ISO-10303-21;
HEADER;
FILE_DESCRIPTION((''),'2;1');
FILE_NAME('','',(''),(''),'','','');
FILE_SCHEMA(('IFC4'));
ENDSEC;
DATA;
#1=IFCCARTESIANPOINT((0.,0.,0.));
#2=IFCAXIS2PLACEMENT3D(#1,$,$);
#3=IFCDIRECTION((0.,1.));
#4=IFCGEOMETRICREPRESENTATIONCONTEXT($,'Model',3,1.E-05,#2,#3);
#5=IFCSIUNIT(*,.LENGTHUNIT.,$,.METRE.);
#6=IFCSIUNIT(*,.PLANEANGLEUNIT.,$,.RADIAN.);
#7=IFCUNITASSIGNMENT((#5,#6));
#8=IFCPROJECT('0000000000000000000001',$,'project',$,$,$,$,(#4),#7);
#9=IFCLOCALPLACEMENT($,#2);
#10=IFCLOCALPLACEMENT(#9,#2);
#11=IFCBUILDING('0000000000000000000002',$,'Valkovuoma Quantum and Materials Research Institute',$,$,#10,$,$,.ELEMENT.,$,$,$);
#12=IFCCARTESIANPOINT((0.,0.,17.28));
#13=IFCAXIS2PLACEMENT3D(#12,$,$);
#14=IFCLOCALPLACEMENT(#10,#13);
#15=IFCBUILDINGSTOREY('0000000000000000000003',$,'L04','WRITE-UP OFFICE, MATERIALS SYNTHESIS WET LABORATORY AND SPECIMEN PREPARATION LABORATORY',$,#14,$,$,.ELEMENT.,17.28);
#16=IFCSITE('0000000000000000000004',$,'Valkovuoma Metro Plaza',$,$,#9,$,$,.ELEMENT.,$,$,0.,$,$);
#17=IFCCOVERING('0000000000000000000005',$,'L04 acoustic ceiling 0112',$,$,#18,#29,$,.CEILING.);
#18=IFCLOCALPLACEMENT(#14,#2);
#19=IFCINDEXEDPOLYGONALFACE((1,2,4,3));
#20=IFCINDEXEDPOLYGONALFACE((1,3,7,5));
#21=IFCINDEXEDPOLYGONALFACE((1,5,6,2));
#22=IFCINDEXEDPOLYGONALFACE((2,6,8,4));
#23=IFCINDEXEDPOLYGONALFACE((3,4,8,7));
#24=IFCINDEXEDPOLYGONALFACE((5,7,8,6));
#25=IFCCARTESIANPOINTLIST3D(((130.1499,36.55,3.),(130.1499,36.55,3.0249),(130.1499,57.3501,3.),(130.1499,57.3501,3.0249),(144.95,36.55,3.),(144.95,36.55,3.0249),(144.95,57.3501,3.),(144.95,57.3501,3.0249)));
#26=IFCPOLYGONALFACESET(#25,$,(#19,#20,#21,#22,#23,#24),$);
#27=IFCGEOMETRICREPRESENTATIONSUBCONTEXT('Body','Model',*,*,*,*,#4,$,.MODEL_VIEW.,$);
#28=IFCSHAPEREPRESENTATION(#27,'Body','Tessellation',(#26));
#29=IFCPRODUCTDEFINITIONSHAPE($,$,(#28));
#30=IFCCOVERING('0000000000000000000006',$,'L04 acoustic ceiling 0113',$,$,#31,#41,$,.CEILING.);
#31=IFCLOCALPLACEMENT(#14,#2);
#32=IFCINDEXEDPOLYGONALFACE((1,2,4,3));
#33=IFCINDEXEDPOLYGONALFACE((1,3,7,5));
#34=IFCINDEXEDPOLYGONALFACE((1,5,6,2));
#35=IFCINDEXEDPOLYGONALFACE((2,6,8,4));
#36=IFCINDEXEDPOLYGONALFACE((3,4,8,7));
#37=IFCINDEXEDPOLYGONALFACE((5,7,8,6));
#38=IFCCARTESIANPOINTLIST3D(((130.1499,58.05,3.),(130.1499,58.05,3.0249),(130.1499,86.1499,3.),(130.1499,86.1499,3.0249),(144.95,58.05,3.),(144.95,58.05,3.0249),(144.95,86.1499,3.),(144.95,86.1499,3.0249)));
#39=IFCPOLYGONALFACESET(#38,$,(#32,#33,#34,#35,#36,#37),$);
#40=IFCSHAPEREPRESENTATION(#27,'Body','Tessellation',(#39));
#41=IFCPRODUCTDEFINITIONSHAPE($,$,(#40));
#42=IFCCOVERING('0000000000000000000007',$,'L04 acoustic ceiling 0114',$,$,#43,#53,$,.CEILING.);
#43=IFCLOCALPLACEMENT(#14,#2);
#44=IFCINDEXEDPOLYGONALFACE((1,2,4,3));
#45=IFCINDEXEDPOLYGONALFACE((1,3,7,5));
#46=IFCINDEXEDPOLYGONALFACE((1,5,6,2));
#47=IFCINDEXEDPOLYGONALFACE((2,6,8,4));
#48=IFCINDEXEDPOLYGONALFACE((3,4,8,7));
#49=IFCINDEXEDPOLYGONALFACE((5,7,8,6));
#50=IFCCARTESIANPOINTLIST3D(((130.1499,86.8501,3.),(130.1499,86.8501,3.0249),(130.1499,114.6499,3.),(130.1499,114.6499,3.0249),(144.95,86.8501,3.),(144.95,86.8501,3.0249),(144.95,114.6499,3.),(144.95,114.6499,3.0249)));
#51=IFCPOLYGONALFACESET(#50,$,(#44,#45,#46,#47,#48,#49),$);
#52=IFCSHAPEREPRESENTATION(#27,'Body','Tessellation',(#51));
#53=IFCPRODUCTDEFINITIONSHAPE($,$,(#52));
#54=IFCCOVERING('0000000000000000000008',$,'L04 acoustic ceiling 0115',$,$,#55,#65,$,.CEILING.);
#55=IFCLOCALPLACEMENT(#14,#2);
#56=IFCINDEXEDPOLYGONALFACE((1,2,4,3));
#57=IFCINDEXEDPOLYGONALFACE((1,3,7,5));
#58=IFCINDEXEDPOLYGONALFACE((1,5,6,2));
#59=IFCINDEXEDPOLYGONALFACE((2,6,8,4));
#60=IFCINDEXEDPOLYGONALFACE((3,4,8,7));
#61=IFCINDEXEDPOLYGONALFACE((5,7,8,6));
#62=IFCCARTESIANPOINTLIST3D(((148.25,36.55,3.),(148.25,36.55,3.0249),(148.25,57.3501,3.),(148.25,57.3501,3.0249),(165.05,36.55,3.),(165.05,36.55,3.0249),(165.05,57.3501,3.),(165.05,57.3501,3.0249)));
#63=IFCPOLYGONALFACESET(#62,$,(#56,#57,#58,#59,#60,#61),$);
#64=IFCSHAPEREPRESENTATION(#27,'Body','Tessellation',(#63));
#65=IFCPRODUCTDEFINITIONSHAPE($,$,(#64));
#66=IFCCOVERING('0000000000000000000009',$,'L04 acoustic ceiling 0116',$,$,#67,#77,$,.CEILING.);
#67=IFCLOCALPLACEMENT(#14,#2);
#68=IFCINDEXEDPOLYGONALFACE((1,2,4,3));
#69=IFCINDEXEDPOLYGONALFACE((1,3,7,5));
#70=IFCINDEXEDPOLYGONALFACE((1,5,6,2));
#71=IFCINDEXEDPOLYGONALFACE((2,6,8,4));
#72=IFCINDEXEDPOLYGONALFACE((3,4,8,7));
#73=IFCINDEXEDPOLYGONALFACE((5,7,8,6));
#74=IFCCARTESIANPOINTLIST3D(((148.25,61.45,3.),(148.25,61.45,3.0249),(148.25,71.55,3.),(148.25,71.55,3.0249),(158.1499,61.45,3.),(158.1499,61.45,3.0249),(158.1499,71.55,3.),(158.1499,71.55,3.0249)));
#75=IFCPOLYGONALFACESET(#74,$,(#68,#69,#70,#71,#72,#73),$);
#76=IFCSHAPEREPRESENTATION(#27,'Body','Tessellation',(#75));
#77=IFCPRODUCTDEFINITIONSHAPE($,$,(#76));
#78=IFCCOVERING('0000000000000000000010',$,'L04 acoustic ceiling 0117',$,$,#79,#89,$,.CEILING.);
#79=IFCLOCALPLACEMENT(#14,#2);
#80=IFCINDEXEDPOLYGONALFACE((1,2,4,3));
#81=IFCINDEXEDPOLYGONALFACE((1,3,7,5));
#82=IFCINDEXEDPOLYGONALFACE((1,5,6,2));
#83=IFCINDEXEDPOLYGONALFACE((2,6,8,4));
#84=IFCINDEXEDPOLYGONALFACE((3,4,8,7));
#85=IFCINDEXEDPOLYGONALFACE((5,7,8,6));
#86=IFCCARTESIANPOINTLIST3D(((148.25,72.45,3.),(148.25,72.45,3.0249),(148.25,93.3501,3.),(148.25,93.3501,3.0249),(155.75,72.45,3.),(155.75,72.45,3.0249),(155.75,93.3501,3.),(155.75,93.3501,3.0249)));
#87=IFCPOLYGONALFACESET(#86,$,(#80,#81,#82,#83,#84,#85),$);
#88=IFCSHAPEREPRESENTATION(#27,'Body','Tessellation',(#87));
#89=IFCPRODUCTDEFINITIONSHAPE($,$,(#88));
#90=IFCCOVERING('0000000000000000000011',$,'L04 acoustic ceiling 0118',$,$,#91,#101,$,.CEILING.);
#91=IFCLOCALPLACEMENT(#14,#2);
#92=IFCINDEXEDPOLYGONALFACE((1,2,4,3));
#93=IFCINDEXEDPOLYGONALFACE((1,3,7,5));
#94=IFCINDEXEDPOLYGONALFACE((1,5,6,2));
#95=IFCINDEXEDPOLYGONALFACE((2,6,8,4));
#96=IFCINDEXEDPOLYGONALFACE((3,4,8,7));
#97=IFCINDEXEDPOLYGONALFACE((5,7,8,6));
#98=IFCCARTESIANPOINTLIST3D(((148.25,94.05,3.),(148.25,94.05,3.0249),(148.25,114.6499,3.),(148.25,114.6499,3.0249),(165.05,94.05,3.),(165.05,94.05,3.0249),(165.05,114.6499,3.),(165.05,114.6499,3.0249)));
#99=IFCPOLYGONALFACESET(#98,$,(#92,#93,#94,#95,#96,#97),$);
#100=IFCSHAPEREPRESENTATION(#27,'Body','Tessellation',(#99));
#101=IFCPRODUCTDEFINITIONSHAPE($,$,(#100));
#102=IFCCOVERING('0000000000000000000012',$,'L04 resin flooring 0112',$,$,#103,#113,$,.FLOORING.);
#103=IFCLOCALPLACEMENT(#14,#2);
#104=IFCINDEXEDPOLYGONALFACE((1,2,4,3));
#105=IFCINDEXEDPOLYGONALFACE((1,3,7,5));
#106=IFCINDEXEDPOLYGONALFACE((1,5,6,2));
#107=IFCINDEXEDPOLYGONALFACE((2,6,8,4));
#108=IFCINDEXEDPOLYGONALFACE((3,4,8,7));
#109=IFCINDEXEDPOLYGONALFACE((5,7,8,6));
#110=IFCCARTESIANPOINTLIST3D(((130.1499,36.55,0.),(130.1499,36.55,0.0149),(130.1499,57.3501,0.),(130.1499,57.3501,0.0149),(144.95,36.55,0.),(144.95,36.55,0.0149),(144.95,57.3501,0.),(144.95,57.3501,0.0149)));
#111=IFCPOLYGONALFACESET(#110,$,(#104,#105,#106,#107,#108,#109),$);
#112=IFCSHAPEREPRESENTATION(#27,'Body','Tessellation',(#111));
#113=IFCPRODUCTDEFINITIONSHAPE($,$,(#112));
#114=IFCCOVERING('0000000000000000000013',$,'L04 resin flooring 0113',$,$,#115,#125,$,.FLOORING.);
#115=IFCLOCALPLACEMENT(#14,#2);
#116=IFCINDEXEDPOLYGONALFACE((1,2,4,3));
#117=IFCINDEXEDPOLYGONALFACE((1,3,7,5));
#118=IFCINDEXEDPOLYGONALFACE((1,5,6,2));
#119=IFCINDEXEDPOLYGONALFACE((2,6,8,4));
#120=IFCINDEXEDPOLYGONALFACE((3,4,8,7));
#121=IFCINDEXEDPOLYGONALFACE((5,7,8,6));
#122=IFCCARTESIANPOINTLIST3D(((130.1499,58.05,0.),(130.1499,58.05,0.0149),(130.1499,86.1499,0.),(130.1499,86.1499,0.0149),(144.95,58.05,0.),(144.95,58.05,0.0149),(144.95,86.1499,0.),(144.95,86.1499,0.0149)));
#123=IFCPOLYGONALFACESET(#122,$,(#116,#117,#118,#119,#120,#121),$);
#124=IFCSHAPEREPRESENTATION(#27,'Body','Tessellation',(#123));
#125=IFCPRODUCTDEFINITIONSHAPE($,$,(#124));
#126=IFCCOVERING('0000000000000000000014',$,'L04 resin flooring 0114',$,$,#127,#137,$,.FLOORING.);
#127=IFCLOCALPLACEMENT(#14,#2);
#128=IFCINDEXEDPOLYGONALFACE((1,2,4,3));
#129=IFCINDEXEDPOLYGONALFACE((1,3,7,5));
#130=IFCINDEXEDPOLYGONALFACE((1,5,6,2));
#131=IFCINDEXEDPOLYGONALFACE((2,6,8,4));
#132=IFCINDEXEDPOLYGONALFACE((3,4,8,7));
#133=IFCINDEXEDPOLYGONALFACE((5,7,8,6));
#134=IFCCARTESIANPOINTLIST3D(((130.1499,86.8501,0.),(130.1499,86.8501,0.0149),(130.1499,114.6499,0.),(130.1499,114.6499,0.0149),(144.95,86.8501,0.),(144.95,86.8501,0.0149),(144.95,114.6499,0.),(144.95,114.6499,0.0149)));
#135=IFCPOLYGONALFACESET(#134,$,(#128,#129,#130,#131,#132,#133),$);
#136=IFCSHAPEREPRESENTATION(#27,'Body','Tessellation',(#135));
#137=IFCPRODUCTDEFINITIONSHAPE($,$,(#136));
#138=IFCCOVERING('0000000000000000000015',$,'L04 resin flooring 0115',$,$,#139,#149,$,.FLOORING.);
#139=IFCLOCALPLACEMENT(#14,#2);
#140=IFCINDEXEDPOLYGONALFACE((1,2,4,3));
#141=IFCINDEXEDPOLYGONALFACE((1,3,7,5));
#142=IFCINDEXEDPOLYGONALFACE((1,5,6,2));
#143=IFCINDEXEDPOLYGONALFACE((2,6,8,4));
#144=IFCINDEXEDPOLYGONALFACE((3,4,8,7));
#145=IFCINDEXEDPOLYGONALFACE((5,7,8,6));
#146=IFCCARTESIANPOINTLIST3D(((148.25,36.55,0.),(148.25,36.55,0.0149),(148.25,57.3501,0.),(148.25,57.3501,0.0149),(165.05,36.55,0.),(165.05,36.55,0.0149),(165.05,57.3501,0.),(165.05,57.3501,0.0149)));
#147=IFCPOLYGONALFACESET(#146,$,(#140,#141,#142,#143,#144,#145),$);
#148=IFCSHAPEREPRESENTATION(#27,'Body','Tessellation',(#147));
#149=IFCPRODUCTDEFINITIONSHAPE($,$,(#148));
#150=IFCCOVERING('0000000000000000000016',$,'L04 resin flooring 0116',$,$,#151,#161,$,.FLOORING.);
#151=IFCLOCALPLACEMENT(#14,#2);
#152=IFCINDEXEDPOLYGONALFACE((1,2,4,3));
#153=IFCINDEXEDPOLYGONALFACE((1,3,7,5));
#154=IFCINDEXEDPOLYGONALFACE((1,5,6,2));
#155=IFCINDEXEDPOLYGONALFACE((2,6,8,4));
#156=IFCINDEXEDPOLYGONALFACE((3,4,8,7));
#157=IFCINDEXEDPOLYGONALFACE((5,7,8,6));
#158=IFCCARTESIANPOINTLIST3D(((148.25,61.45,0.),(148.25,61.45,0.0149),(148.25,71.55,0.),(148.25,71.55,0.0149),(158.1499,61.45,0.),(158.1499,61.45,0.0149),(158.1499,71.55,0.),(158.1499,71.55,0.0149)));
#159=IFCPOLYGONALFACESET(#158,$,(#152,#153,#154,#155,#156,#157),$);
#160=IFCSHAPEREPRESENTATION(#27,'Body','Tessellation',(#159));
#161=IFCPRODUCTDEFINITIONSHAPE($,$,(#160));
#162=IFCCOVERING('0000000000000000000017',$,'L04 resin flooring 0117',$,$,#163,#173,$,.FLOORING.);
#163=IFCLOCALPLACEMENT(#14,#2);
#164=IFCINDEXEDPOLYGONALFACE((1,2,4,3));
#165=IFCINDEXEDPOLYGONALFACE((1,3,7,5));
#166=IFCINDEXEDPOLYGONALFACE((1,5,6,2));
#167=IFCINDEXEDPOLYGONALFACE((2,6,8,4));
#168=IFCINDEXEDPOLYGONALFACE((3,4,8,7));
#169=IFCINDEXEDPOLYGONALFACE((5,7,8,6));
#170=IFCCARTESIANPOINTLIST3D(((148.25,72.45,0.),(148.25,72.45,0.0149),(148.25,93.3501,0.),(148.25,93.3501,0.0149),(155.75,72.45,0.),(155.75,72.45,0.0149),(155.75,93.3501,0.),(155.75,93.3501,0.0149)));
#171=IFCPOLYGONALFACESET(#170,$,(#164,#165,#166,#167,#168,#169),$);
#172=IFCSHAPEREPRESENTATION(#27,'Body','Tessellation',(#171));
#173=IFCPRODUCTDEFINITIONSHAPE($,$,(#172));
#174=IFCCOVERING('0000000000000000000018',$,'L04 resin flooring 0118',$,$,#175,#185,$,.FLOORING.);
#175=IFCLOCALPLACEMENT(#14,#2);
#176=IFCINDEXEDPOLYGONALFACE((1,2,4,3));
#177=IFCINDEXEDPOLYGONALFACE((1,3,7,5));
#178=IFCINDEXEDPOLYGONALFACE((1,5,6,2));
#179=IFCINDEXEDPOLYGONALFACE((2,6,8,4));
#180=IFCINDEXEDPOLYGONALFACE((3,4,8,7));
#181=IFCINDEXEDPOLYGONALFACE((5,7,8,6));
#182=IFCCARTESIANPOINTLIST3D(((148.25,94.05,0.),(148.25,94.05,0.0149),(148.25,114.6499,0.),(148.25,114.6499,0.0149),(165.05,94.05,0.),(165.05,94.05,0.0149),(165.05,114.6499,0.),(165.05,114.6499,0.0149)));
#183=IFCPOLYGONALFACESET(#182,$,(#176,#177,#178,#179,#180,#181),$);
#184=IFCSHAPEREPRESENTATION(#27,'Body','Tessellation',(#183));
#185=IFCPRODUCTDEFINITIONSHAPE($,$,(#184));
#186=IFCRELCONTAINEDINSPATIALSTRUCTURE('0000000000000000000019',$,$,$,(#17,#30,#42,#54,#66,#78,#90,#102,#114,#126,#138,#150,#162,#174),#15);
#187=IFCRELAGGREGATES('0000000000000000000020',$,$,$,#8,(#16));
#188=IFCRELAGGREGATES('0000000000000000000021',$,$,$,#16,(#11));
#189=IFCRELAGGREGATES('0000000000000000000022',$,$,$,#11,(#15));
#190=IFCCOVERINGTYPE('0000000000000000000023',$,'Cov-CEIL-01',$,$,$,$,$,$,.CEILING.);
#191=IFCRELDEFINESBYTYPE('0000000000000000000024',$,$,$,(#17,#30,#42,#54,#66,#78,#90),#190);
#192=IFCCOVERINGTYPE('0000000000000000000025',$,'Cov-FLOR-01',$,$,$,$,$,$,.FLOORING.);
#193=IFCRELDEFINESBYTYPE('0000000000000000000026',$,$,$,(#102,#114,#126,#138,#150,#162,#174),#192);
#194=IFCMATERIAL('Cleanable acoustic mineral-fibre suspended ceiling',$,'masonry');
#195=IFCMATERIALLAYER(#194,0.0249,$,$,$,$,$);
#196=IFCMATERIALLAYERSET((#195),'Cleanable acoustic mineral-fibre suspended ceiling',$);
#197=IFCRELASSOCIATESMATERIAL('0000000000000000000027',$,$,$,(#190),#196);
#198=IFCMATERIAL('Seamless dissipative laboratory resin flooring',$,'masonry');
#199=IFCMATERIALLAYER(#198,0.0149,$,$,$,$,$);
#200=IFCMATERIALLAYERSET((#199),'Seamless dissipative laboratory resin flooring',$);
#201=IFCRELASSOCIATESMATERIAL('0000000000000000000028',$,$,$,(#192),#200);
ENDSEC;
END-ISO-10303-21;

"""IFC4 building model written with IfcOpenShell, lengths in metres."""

from ifc_helpers import new_model, si_unit, direction, frame, origin, place, context, subcontext, project, spatial, polyline, outline, extrude, material, layer, layer_set, type_object, element, save


model = new_model("IFC4")

# Units and contexts
model_context = context("Model", 3, precision=1e-05, world=origin(), true_north=direction((0.0, 1.0)))
body_context = subcontext(model_context, "Body", "Model", "MODEL_VIEW")
ifc_project = project(units=[si_unit("LENGTHUNIT", "METRE"), si_unit("PLANEANGLEUNIT", "RADIAN")], contexts=[model_context])

# Site, building, storey
site_placement = place(None, origin())
site = spatial("IfcSite", under=ifc_project, at=site_placement, Name="Valkovuoma Metro Plaza", CompositionType="ELEMENT", RefElevation=0.0)
building_placement = place(site_placement, origin())
building = spatial("IfcBuilding", under=site, at=building_placement, Name="Valkovuoma Quantum and Materials Research Institute", CompositionType="ELEMENT")
storey_placement = place(building_placement, frame((0.0, 0.0, 17.28)))
storey = spatial("IfcBuildingStorey", under=building, at=storey_placement, Name="L04", Description="WRITE-UP OFFICE, MATERIALS SYNTHESIS WET LABORATORY AND SPECIMEN PREPARATION LABORATORY", CompositionType="ELEMENT", Elevation=17.28)

# Coverings
ifc_material_1 = material(Name="Cleanable acoustic mineral-fibre suspended ceiling", Category="masonry")
ifc_layer_1 = layer(ifc_material_1, 0.0249)
ifc_layer_set_1 = layer_set([ifc_layer_1], Name="Cleanable acoustic mineral-fibre suspended ceiling")
covering_type_1 = type_object("IfcCoveringType", Name="Cov-CEIL-01", PredefinedType="CEILING", material=ifc_layer_set_1)
covering_1_placement = place(storey_placement, frame((0.0, 0.0, 3.0)))
element("IfcCovering", 1, at=covering_1_placement, inside=storey, type_object=covering_type_1, Name="L04 acoustic ceiling 0112", PredefinedType="CEILING", context=body_context, shape_type="SweptSolid", body=[
    extrude(outline(polyline([(130.1499, 36.55), (144.95, 36.55), (144.95, 57.3501), (130.1499, 57.3501), (130.1499, 36.55)])), origin(), (0.0, 0.0, 1.0), 0.0249),
])
covering_2_placement = place(storey_placement, frame((0.0, 0.0, 3.0)))
element("IfcCovering", 2, at=covering_2_placement, inside=storey, type_object=covering_type_1, Name="L04 acoustic ceiling 0113", PredefinedType="CEILING", context=body_context, shape_type="SweptSolid", body=[
    extrude(outline(polyline([(130.1499, 58.05), (144.95, 58.05), (144.95, 86.1499), (130.1499, 86.1499), (130.1499, 58.05)])), origin(), (0.0, 0.0, 1.0), 0.0249),
])
covering_3_placement = place(storey_placement, frame((0.0, 0.0, 3.0)))
element("IfcCovering", 3, at=covering_3_placement, inside=storey, type_object=covering_type_1, Name="L04 acoustic ceiling 0114", PredefinedType="CEILING", context=body_context, shape_type="SweptSolid", body=[
    extrude(outline(polyline([(130.1499, 86.8501), (144.95, 86.8501), (144.95, 114.6499), (130.1499, 114.6499), (130.1499, 86.8501)])), origin(), (0.0, 0.0, 1.0), 0.0249),
])
covering_4_placement = place(storey_placement, frame((0.0, 0.0, 3.0)))
element("IfcCovering", 4, at=covering_4_placement, inside=storey, type_object=covering_type_1, Name="L04 acoustic ceiling 0115", PredefinedType="CEILING", context=body_context, shape_type="SweptSolid", body=[
    extrude(outline(polyline([(148.25, 36.55), (165.05, 36.55), (165.05, 57.3501), (148.25, 57.3501), (148.25, 36.55)])), origin(), (0.0, 0.0, 1.0), 0.0249),
])
covering_5_placement = place(storey_placement, frame((0.0, 0.0, 3.0)))
element("IfcCovering", 5, at=covering_5_placement, inside=storey, type_object=covering_type_1, Name="L04 acoustic ceiling 0116", PredefinedType="CEILING", context=body_context, shape_type="SweptSolid", body=[
    extrude(outline(polyline([(148.25, 61.45), (158.1499, 61.45), (158.1499, 71.55), (148.25, 71.55), (148.25, 61.45)])), origin(), (0.0, 0.0, 1.0), 0.0249),
])
covering_6_placement = place(storey_placement, frame((0.0, 0.0, 3.0)))
element("IfcCovering", 6, at=covering_6_placement, inside=storey, type_object=covering_type_1, Name="L04 acoustic ceiling 0117", PredefinedType="CEILING", context=body_context, shape_type="SweptSolid", body=[
    extrude(outline(polyline([(148.25, 72.45), (155.75, 72.45), (155.75, 93.3501), (148.25, 93.3501), (148.25, 72.45)])), origin(), (0.0, 0.0, 1.0), 0.0249),
])
covering_7_placement = place(storey_placement, frame((0.0, 0.0, 3.0)))
element("IfcCovering", 7, at=covering_7_placement, inside=storey, type_object=covering_type_1, Name="L04 acoustic ceiling 0118", PredefinedType="CEILING", context=body_context, shape_type="SweptSolid", body=[
    extrude(outline(polyline([(148.25, 94.05), (165.05, 94.05), (165.05, 114.6499), (148.25, 114.6499), (148.25, 94.05)])), origin(), (0.0, 0.0, 1.0), 0.0249),
])
ifc_material_2 = material(Name="Seamless dissipative laboratory resin flooring", Category="masonry")
ifc_layer_2 = layer(ifc_material_2, 0.0149)
ifc_layer_set_2 = layer_set([ifc_layer_2], Name="Seamless dissipative laboratory resin flooring")
covering_type_2 = type_object("IfcCoveringType", Name="Cov-FLOR-01", PredefinedType="FLOORING", material=ifc_layer_set_2)
covering_8_placement = place(storey_placement, origin())
element("IfcCovering", 8, at=covering_8_placement, inside=storey, type_object=covering_type_2, Name="L04 resin flooring 0112", PredefinedType="FLOORING", context=body_context, shape_type="SweptSolid", body=[
    extrude(outline(polyline([(130.1499, 36.55), (144.95, 36.55), (144.95, 57.3501), (130.1499, 57.3501), (130.1499, 36.55)])), origin(), (0.0, 0.0, 1.0), 0.0149),
])
covering_9_placement = place(storey_placement, origin())
element("IfcCovering", 9, at=covering_9_placement, inside=storey, type_object=covering_type_2, Name="L04 resin flooring 0113", PredefinedType="FLOORING", context=body_context, shape_type="SweptSolid", body=[
    extrude(outline(polyline([(130.1499, 58.05), (144.95, 58.05), (144.95, 86.1499), (130.1499, 86.1499), (130.1499, 58.05)])), origin(), (0.0, 0.0, 1.0), 0.0149),
])
covering_10_placement = place(storey_placement, origin())
element("IfcCovering", 10, at=covering_10_placement, inside=storey, type_object=covering_type_2, Name="L04 resin flooring 0114", PredefinedType="FLOORING", context=body_context, shape_type="SweptSolid", body=[
    extrude(outline(polyline([(130.1499, 86.8501), (144.95, 86.8501), (144.95, 114.6499), (130.1499, 114.6499), (130.1499, 86.8501)])), origin(), (0.0, 0.0, 1.0), 0.0149),
])
covering_11_placement = place(storey_placement, origin())
element("IfcCovering", 11, at=covering_11_placement, inside=storey, type_object=covering_type_2, Name="L04 resin flooring 0115", PredefinedType="FLOORING", context=body_context, shape_type="SweptSolid", body=[
    extrude(outline(polyline([(148.25, 36.55), (165.05, 36.55), (165.05, 57.3501), (148.25, 57.3501), (148.25, 36.55)])), origin(), (0.0, 0.0, 1.0), 0.0149),
])
covering_12_placement = place(storey_placement, origin())
element("IfcCovering", 12, at=covering_12_placement, inside=storey, type_object=covering_type_2, Name="L04 resin flooring 0116", PredefinedType="FLOORING", context=body_context, shape_type="SweptSolid", body=[
    extrude(outline(polyline([(148.25, 61.45), (158.1499, 61.45), (158.1499, 71.55), (148.25, 71.55), (148.25, 61.45)])), origin(), (0.0, 0.0, 1.0), 0.0149),
])
covering_13_placement = place(storey_placement, origin())
element("IfcCovering", 13, at=covering_13_placement, inside=storey, type_object=covering_type_2, Name="L04 resin flooring 0117", PredefinedType="FLOORING", context=body_context, shape_type="SweptSolid", body=[
    extrude(outline(polyline([(148.25, 72.45), (155.75, 72.45), (155.75, 93.3501), (148.25, 93.3501), (148.25, 72.45)])), origin(), (0.0, 0.0, 1.0), 0.0149),
])
covering_14_placement = place(storey_placement, origin())
element("IfcCovering", 14, at=covering_14_placement, inside=storey, type_object=covering_type_2, Name="L04 resin flooring 0118", PredefinedType="FLOORING", context=body_context, shape_type="SweptSolid", body=[
    extrude(outline(polyline([(148.25, 94.05), (165.05, 94.05), (165.05, 114.6499), (148.25, 114.6499), (148.25, 94.05)])), origin(), (0.0, 0.0, 1.0), 0.0149),
])

save(model, "model.ifc")
